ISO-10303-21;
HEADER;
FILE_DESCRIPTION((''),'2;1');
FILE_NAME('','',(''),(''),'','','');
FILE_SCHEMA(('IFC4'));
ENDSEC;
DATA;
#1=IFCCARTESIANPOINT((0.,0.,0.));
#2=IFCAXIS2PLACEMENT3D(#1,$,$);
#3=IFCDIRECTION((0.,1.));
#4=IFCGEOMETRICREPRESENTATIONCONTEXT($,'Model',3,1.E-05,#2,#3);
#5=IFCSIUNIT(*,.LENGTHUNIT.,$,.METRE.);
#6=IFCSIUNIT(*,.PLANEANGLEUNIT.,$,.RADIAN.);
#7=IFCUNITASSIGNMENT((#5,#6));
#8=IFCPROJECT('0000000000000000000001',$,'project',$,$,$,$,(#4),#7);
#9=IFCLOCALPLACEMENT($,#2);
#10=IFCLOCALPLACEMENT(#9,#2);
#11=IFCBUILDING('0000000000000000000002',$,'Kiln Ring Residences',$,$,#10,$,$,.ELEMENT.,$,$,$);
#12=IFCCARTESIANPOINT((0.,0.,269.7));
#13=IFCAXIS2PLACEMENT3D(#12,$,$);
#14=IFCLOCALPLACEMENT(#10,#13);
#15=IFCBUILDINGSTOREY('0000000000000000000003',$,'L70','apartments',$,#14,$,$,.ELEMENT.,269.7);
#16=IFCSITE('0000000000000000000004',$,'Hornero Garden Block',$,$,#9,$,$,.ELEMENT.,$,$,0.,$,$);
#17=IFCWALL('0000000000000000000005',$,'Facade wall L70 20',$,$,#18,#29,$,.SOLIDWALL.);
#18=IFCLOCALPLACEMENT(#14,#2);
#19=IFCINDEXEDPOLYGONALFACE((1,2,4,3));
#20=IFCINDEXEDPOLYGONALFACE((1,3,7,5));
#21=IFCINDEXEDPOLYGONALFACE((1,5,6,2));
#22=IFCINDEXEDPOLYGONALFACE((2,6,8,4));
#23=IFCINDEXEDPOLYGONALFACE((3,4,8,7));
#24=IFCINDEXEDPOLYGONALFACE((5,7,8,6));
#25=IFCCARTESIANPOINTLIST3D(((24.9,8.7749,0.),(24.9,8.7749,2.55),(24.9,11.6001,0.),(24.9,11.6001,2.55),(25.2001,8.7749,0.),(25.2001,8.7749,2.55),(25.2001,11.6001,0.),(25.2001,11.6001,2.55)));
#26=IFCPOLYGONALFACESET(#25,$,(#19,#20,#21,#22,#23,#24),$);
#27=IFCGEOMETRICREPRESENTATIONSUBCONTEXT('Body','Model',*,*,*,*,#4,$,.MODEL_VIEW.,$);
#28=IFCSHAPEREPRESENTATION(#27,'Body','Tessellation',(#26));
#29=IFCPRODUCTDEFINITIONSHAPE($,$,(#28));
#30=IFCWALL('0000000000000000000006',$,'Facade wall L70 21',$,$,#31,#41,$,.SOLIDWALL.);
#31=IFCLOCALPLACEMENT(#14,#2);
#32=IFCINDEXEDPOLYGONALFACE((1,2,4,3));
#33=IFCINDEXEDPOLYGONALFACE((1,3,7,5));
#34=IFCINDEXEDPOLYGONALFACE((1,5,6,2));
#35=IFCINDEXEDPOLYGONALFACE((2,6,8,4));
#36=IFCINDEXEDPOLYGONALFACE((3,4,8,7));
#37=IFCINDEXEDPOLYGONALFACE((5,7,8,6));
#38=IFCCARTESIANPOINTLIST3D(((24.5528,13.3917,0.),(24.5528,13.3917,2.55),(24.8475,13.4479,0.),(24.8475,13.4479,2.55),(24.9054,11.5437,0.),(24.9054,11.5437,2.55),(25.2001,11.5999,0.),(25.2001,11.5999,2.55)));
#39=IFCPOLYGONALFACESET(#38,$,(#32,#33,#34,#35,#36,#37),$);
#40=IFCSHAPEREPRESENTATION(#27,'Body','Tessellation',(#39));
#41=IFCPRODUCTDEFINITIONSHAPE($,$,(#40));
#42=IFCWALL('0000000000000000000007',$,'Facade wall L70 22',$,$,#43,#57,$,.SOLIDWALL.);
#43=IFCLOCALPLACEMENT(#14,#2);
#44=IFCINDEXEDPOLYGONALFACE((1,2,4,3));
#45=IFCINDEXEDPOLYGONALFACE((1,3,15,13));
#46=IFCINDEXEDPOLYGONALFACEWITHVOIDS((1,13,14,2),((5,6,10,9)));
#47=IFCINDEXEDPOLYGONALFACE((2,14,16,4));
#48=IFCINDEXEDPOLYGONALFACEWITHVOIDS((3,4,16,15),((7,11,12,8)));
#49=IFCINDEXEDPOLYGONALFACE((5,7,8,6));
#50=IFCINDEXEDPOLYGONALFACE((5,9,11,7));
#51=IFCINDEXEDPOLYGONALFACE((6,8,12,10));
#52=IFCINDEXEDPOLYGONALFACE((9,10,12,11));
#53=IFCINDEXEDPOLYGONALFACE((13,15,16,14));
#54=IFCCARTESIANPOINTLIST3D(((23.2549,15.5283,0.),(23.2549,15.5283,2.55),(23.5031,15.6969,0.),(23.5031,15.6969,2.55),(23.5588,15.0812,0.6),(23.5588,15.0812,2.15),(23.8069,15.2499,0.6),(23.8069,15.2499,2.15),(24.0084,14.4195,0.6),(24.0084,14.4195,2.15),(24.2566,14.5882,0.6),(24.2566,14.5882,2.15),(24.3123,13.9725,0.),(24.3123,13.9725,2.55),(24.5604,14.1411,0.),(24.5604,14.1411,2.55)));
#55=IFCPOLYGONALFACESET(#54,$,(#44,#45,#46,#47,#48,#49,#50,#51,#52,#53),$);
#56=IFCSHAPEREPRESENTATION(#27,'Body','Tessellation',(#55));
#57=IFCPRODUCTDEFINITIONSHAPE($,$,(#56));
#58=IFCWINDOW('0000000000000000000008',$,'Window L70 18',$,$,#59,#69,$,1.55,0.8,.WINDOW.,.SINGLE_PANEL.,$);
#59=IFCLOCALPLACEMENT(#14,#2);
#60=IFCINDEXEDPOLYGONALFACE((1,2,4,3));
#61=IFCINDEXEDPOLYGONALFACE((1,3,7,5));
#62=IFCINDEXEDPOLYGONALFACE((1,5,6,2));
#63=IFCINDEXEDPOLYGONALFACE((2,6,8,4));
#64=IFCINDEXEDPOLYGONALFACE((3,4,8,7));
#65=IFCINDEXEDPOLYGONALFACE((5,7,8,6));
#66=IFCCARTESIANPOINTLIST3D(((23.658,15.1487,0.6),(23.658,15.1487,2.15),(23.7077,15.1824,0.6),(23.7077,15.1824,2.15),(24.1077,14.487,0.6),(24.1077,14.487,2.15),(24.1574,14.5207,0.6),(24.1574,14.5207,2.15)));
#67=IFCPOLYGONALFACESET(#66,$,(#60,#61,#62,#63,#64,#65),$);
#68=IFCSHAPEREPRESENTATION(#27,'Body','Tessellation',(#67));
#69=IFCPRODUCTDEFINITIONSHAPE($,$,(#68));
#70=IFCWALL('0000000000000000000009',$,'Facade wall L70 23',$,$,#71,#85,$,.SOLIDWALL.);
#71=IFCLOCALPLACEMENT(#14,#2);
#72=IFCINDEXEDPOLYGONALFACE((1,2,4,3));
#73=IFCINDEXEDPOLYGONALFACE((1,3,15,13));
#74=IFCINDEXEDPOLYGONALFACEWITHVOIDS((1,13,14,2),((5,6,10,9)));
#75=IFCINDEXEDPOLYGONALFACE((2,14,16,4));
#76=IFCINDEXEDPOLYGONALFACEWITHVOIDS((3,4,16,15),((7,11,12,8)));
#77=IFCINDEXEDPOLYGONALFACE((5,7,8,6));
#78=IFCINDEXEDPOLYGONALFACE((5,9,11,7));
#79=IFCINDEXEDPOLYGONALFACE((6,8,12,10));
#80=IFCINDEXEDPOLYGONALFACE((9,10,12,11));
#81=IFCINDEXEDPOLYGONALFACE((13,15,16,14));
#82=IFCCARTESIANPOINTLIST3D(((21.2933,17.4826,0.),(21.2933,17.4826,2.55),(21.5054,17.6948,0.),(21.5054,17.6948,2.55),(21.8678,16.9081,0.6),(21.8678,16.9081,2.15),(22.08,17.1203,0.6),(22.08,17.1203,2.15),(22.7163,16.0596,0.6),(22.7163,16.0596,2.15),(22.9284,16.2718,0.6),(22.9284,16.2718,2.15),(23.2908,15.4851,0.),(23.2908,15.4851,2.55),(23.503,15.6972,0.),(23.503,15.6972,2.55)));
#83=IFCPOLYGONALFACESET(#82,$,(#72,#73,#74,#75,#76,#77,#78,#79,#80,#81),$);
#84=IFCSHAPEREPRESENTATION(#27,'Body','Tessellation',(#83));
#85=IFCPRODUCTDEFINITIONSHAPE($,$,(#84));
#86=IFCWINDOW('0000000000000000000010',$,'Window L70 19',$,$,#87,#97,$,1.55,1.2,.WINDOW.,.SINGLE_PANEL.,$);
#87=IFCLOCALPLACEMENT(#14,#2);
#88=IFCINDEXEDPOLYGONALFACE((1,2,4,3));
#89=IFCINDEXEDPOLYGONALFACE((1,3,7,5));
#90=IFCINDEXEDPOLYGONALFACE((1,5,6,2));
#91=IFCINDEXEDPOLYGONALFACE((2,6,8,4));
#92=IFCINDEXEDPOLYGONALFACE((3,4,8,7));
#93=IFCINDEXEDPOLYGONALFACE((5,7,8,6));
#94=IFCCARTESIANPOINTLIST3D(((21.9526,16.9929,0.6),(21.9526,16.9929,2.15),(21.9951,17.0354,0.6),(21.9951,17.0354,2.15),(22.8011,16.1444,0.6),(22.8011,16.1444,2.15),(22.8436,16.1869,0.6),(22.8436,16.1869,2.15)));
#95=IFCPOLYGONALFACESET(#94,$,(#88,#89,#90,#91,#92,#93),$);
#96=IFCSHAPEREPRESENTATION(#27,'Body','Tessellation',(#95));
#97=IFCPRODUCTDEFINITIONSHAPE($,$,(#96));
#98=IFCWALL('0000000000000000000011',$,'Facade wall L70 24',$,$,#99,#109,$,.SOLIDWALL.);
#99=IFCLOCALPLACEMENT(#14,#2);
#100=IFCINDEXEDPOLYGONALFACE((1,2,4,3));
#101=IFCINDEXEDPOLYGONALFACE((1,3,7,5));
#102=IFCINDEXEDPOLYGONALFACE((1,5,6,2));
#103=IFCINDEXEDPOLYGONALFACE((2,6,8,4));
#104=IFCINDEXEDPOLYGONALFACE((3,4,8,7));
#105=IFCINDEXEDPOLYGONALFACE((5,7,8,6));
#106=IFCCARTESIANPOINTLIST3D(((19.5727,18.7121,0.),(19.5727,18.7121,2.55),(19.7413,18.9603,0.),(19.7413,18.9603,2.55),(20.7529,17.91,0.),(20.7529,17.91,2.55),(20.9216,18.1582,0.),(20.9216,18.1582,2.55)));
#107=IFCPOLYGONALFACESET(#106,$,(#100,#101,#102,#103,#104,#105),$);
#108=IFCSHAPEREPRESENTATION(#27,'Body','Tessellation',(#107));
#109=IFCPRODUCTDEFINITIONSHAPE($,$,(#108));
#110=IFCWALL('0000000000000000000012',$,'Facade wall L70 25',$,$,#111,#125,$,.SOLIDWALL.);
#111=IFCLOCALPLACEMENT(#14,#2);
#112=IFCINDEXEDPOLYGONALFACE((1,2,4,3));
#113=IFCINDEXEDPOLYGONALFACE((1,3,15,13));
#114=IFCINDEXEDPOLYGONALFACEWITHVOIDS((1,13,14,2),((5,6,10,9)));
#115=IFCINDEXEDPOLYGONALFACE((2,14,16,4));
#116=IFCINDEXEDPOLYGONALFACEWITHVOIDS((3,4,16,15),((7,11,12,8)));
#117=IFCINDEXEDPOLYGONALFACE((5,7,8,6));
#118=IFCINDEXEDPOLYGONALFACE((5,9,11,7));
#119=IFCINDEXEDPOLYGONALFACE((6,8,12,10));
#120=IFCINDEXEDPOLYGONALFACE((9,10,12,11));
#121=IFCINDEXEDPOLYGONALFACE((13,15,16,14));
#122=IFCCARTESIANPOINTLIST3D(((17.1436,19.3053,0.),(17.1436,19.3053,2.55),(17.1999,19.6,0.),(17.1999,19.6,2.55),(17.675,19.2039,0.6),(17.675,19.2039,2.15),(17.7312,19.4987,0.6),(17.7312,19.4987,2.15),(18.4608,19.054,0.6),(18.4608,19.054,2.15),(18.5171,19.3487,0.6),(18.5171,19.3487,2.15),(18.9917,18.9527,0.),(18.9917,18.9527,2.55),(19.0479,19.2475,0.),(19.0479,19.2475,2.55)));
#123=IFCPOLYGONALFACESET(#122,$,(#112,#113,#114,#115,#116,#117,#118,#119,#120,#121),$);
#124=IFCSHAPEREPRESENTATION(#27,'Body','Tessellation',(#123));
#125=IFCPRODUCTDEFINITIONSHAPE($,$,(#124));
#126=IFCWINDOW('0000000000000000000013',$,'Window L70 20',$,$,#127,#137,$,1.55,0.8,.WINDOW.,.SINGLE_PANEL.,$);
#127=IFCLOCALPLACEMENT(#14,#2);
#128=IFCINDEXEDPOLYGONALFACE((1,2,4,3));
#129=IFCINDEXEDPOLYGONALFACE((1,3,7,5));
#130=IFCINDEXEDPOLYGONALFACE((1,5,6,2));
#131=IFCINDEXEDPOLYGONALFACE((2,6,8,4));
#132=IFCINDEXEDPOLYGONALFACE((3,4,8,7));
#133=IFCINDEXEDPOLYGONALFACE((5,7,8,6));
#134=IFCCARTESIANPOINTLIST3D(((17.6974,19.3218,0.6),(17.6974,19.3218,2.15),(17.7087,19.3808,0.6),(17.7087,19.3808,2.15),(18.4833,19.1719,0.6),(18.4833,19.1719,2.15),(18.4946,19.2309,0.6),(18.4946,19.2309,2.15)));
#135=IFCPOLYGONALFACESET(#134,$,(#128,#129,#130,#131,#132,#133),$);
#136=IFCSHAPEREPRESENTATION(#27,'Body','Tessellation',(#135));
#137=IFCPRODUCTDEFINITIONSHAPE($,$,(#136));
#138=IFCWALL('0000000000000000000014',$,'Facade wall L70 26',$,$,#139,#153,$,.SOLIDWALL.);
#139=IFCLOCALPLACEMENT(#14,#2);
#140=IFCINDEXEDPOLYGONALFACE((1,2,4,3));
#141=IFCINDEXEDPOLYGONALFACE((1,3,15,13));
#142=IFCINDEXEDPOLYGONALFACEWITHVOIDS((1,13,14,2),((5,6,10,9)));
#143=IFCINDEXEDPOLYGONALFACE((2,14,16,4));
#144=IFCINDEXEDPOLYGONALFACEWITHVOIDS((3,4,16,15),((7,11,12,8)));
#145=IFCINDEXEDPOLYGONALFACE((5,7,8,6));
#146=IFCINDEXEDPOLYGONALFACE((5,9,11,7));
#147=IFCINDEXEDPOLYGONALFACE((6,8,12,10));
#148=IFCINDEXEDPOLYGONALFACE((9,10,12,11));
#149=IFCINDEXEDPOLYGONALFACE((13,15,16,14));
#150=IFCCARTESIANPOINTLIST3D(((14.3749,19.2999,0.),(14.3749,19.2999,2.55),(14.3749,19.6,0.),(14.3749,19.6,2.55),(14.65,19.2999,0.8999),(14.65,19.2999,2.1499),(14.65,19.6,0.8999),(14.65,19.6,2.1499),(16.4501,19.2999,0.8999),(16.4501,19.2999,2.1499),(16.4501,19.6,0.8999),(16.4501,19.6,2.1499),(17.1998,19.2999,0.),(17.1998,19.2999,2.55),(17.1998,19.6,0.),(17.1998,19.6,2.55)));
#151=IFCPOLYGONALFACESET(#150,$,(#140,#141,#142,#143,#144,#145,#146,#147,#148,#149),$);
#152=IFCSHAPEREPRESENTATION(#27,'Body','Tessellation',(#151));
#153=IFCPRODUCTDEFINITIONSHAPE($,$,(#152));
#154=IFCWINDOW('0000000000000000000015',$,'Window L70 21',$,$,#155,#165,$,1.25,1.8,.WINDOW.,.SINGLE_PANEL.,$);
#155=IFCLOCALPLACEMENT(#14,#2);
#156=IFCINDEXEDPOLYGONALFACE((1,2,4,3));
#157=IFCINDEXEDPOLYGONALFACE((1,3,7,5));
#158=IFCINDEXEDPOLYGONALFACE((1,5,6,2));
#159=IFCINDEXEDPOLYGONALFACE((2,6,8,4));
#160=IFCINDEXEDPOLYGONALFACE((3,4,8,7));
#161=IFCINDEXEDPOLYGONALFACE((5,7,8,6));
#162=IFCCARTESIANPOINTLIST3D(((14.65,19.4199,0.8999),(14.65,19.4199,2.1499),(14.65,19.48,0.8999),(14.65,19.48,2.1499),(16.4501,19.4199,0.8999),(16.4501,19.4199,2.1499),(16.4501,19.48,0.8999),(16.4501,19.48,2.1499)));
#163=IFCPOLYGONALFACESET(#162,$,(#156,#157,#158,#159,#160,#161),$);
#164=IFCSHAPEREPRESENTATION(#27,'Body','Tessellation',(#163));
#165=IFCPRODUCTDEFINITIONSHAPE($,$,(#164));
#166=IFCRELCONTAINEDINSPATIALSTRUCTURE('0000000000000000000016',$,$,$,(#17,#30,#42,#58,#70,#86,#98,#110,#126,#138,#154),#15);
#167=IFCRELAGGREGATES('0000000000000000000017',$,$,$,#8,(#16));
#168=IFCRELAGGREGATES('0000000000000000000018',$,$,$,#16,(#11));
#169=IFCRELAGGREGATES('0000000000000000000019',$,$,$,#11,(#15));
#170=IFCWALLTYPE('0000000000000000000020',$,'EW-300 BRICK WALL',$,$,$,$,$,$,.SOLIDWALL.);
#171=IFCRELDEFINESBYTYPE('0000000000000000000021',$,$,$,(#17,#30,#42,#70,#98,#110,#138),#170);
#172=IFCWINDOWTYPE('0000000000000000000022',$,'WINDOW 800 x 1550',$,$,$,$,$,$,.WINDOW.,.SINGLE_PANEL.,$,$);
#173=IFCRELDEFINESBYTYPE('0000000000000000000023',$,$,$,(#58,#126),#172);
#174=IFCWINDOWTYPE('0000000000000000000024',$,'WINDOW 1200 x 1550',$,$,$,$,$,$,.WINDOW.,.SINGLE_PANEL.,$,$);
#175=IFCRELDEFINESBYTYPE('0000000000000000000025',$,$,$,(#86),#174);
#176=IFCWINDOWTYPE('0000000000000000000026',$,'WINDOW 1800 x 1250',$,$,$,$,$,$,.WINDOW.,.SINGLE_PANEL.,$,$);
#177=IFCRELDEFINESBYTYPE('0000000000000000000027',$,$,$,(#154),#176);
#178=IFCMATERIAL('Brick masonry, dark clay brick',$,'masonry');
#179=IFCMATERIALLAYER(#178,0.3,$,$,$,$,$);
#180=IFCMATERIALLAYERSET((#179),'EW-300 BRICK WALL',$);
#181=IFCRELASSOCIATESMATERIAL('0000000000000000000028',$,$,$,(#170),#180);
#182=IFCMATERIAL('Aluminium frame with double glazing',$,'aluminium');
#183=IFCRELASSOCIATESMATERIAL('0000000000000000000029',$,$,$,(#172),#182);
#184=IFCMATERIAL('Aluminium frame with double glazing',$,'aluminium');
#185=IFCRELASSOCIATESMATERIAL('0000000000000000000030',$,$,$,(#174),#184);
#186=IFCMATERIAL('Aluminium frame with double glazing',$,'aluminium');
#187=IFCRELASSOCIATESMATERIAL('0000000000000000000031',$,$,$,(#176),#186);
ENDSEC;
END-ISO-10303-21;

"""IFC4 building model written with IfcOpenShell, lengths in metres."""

from ifc_helpers import new_model, si_unit, direction, frame, frame_2d, origin, place, context, subcontext, project, spatial, rectangle, extrude, material, layer, layer_set, type_object, element, fill, save


model = new_model("IFC4")

# Units and contexts
model_context = context("Model", 3, precision=1e-05, world=origin(), true_north=direction((0.0, 1.0)))
body_context = subcontext(model_context, "Body", "Model", "MODEL_VIEW")
ifc_project = project(units=[si_unit("LENGTHUNIT", "METRE"), si_unit("PLANEANGLEUNIT", "RADIAN")], contexts=[model_context])

# Site, building, storey
site_placement = place(None, origin())
site = spatial("IfcSite", under=ifc_project, at=site_placement, Name="Hornero Garden Block", CompositionType="ELEMENT", RefElevation=0.0)
building_placement = place(site_placement, origin())
building = spatial("IfcBuilding", under=site, at=building_placement, Name="Kiln Ring Residences", CompositionType="ELEMENT")
storey_placement = place(building_placement, frame((0.0, 0.0, 269.7)))
storey = spatial("IfcBuildingStorey", under=building, at=storey_placement, Name="L70", Description="apartments", CompositionType="ELEMENT", Elevation=269.7)

# Walls
ifc_material_1 = material(Name="Brick masonry, dark clay brick", Category="masonry")
ifc_layer_1 = layer(ifc_material_1, 0.3)
ifc_layer_set_1 = layer_set([ifc_layer_1], Name="EW-300 BRICK WALL")
wall_type_1 = type_object("IfcWallType", Name="EW-300 BRICK WALL", PredefinedType="SOLIDWALL", material=ifc_layer_set_1)
wall_1_placement = place(storey_placement, frame((25.05, 8.7749, 0.0), z_axis=(0.0, 0.0, 1.0), x_axis=(0.0, 1.0, 0.0)))
element("IfcWall", 1, at=wall_1_placement, inside=storey, type_object=wall_type_1, Name="Facade wall L70 20", PredefinedType="SOLIDWALL", context=body_context, shape_type="SweptSolid", body=[
    extrude(rectangle(XDim=2.8252, YDim=0.3, at=frame_2d((1.4126, 0.0))), origin(), (0.0, 0.0, 1.0), 2.55),
])
wall_2_placement = place(storey_placement, frame((25.0527, 11.5718, 0.0), z_axis=(0.0, 0.0, 1.0), x_axis=(-0.187398, 0.982284, 0.0)))
element("IfcWall", 2, at=wall_2_placement, inside=storey, type_object=wall_type_1, Name="Facade wall L70 21", PredefinedType="SOLIDWALL", context=body_context, shape_type="SweptSolid", body=[
    extrude(rectangle(XDim=1.8813, YDim=0.3, at=frame_2d((0.9407, 0.0))), origin(), (0.0, 0.0, 1.0), 2.55),
])

# Walls, openings, windows
wall_3_placement = place(storey_placement, frame((24.4363, 14.0569, 0.0), z_axis=(0.0, 0.0, 1.0), x_axis=(-0.562076, 0.827086, 0.0)))
wall_3 = element("IfcWall", 3, at=wall_3_placement, inside=storey, type_object=wall_type_1, Name="Facade wall L70 22", PredefinedType="SOLIDWALL", context=body_context, shape_type="SweptSolid", body=[
    extrude(rectangle(XDim=1.8811, YDim=0.3, at=frame_2d((0.9404, 0.0))), origin(), (0.0, 0.0, 1.0), 2.55),
])
opening_1_placement = place(wall_3_placement, frame((0.5405, 0.0, 0.6001)))
opening_1 = element("IfcOpeningElement", 4, at=opening_1_placement, cuts=wall_3, PredefinedType="OPENING", context=body_context, shape_type="SweptSolid", body=[
    extrude(rectangle(XDim=0.8, YDim=1.55, at=frame_2d((0.3999, 0.7749))), frame((0.0, 0.1599, 0.0), z_axis=(0.0, -1.0, 0.0), x_axis=(1.0, 0.0, 0.0)), (0.0, 0.0, 1.0), 0.3201),
])
ifc_material_2 = material(Name="Aluminium frame with double glazing", Category="aluminium")
window_type_1 = type_object("IfcWindowType", Name="WINDOW 800 x 1550", PartitioningType="SINGLE_PANEL", PredefinedType="WINDOW", material=ifc_material_2)
window_1_placement = place(opening_1_placement, origin())
window_1 = element("IfcWindow", 5, at=window_1_placement, inside=storey, type_object=window_type_1, Name="Window L70 18", OverallHeight=1.55, OverallWidth=0.8, PartitioningType="SINGLE_PANEL", PredefinedType="WINDOW", context=body_context, shape_type="SweptSolid", body=[
    extrude(rectangle(XDim=0.8, YDim=1.55, at=frame_2d((0.3999, 0.7749))), frame((0.0, 0.03, 0.0), z_axis=(0.0, -1.0, 0.0), x_axis=(1.0, 0.0, 0.0)), (0.0, 0.0, 1.0), 0.0601),
])
fill(opening_1, window_1)
wall_4_placement = place(storey_placement, frame((23.397, 15.5911, 0.0), z_axis=(0.0, 0.0, 1.0), x_axis=(-0.707107, 0.707107, 0.0)))
wall_4 = element("IfcWall", 6, at=wall_4_placement, inside=storey, type_object=wall_type_1, Name="Facade wall L70 23", PredefinedType="SOLIDWALL", context=body_context, shape_type="SweptSolid", body=[
    extrude(rectangle(XDim=2.825, YDim=0.3, at=frame_2d((1.4126, 0.0))), origin(), (0.0, 0.0, 1.0), 2.55),
])
opening_2_placement = place(wall_4_placement, frame((0.8125, 0.0, 0.6001)))
opening_2 = element("IfcOpeningElement", 7, at=opening_2_placement, cuts=wall_4, PredefinedType="OPENING", context=body_context, shape_type="SweptSolid", body=[
    extrude(rectangle(XDim=1.2, YDim=1.55, at=frame_2d((0.6001, 0.7749))), frame((0.0, 0.1599, 0.0), z_axis=(0.0, -1.0, 0.0), x_axis=(1.0, 0.0, 0.0)), (0.0, 0.0, 1.0), 0.3201),
])
ifc_material_3 = material(Name="Aluminium frame with double glazing", Category="aluminium")
window_type_2 = type_object("IfcWindowType", Name="WINDOW 1200 x 1550", PartitioningType="SINGLE_PANEL", PredefinedType="WINDOW", material=ifc_material_3)
window_2_placement = place(opening_2_placement, origin())
window_2 = element("IfcWindow", 8, at=window_2_placement, inside=storey, type_object=window_type_2, Name="Window L70 19", OverallHeight=1.55, OverallWidth=1.2, PartitioningType="SINGLE_PANEL", PredefinedType="WINDOW", context=body_context, shape_type="SweptSolid", body=[
    extrude(rectangle(XDim=1.2, YDim=1.55, at=frame_2d((0.6001, 0.7749))), frame((0.0, 0.03, 0.0), z_axis=(0.0, -1.0, 0.0), x_axis=(1.0, 0.0, 0.0)), (0.0, 0.0, 1.0), 0.0601),
])
fill(opening_2, window_2)

# Wall
wall_5_placement = place(storey_placement, frame((20.8372, 18.0342, 0.0), z_axis=(0.0, 0.0, 1.0), x_axis=(-0.827095, 0.562062, 0.0)))
element("IfcWall", 9, at=wall_5_placement, inside=storey, type_object=wall_type_1, Name="Facade wall L70 24", PredefinedType="SOLIDWALL", context=body_context, shape_type="SweptSolid", body=[
    extrude(rectangle(XDim=1.427, YDim=0.3, at=frame_2d((0.7134, 0.0))), origin(), (0.0, 0.0, 1.0), 2.55),
])

# Walls, openings, windows
wall_6_placement = place(storey_placement, frame((19.0198, 19.1001, 0.0), z_axis=(0.0, 0.0, 1.0), x_axis=(-0.982284, 0.187398, 0.0)))
wall_6 = element("IfcWall", 10, at=wall_6_placement, inside=storey, type_object=wall_type_1, Name="Facade wall L70 25", PredefinedType="SOLIDWALL", context=body_context, shape_type="SweptSolid", body=[
    extrude(rectangle(XDim=1.8813, YDim=0.3, at=frame_2d((0.9407, 0.0))), origin(), (0.0, 0.0, 1.0), 2.55),
])
opening_3_placement = place(wall_6_placement, frame((0.5405, 0.0, 0.6001)))
opening_3 = element("IfcOpeningElement", 11, at=opening_3_placement, cuts=wall_6, PredefinedType="OPENING", context=body_context, shape_type="SweptSolid", body=[
    extrude(rectangle(XDim=0.8, YDim=1.55, at=frame_2d((0.3999, 0.7749))), frame((0.0, 0.1599, 0.0), z_axis=(0.0, -1.0, 0.0), x_axis=(1.0, 0.0, 0.0)), (0.0, 0.0, 1.0), 0.3201),
])
window_3_placement = place(opening_3_placement, origin())
window_3 = element("IfcWindow", 12, at=window_3_placement, inside=storey, type_object=window_type_1, Name="Window L70 20", OverallHeight=1.55, OverallWidth=0.8, PartitioningType="SINGLE_PANEL", PredefinedType="WINDOW", context=body_context, shape_type="SweptSolid", body=[
    extrude(rectangle(XDim=0.8, YDim=1.55, at=frame_2d((0.3999, 0.7749))), frame((0.0, 0.03, 0.0), z_axis=(0.0, -1.0, 0.0), x_axis=(1.0, 0.0, 0.0)), (0.0, 0.0, 1.0), 0.0601),
])
fill(opening_3, window_3)
wall_7_placement = place(storey_placement, frame((17.2, 19.45, 0.0), z_axis=(0.0, 0.0, 1.0), x_axis=(-1.0, 0.0, 0.0)))
wall_7 = element("IfcWall", 13, at=wall_7_placement, inside=storey, type_object=wall_type_1, Name="Facade wall L70 26", PredefinedType="SOLIDWALL", context=body_context, shape_type="SweptSolid", body=[
    extrude(rectangle(XDim=2.825, YDim=0.3, at=frame_2d((1.4126, 0.0))), origin(), (0.0, 0.0, 1.0), 2.55),
])
opening_4_placement = place(wall_7_placement, frame((0.75, 0.0, 0.8999)))
opening_4 = element("IfcOpeningElement", 14, at=opening_4_placement, cuts=wall_7, PredefinedType="OPENING", context=body_context, shape_type="SweptSolid", body=[
    extrude(rectangle(XDim=1.8, YDim=1.25, at=frame_2d((0.8999, 0.625))), frame((0.0, 0.1599, 0.0), z_axis=(0.0, -1.0, 0.0), x_axis=(1.0, 0.0, 0.0)), (0.0, 0.0, 1.0), 0.3201),
])
ifc_material_4 = material(Name="Aluminium frame with double glazing", Category="aluminium")
window_type_3 = type_object("IfcWindowType", Name="WINDOW 1800 x 1250", PartitioningType="SINGLE_PANEL", PredefinedType="WINDOW", material=ifc_material_4)
window_4_placement = place(opening_4_placement, origin())
window_4 = element("IfcWindow", 15, at=window_4_placement, inside=storey, type_object=window_type_3, Name="Window L70 21", OverallHeight=1.25, OverallWidth=1.8, PartitioningType="SINGLE_PANEL", PredefinedType="WINDOW", context=body_context, shape_type="SweptSolid", body=[
    extrude(rectangle(XDim=1.8, YDim=1.25, at=frame_2d((0.8999, 0.625))), frame((0.0, 0.03, 0.0), z_axis=(0.0, -1.0, 0.0), x_axis=(1.0, 0.0, 0.0)), (0.0, 0.0, 1.0), 0.0601),
])
fill(opening_4, window_4)

save(model, "model.ifc")
